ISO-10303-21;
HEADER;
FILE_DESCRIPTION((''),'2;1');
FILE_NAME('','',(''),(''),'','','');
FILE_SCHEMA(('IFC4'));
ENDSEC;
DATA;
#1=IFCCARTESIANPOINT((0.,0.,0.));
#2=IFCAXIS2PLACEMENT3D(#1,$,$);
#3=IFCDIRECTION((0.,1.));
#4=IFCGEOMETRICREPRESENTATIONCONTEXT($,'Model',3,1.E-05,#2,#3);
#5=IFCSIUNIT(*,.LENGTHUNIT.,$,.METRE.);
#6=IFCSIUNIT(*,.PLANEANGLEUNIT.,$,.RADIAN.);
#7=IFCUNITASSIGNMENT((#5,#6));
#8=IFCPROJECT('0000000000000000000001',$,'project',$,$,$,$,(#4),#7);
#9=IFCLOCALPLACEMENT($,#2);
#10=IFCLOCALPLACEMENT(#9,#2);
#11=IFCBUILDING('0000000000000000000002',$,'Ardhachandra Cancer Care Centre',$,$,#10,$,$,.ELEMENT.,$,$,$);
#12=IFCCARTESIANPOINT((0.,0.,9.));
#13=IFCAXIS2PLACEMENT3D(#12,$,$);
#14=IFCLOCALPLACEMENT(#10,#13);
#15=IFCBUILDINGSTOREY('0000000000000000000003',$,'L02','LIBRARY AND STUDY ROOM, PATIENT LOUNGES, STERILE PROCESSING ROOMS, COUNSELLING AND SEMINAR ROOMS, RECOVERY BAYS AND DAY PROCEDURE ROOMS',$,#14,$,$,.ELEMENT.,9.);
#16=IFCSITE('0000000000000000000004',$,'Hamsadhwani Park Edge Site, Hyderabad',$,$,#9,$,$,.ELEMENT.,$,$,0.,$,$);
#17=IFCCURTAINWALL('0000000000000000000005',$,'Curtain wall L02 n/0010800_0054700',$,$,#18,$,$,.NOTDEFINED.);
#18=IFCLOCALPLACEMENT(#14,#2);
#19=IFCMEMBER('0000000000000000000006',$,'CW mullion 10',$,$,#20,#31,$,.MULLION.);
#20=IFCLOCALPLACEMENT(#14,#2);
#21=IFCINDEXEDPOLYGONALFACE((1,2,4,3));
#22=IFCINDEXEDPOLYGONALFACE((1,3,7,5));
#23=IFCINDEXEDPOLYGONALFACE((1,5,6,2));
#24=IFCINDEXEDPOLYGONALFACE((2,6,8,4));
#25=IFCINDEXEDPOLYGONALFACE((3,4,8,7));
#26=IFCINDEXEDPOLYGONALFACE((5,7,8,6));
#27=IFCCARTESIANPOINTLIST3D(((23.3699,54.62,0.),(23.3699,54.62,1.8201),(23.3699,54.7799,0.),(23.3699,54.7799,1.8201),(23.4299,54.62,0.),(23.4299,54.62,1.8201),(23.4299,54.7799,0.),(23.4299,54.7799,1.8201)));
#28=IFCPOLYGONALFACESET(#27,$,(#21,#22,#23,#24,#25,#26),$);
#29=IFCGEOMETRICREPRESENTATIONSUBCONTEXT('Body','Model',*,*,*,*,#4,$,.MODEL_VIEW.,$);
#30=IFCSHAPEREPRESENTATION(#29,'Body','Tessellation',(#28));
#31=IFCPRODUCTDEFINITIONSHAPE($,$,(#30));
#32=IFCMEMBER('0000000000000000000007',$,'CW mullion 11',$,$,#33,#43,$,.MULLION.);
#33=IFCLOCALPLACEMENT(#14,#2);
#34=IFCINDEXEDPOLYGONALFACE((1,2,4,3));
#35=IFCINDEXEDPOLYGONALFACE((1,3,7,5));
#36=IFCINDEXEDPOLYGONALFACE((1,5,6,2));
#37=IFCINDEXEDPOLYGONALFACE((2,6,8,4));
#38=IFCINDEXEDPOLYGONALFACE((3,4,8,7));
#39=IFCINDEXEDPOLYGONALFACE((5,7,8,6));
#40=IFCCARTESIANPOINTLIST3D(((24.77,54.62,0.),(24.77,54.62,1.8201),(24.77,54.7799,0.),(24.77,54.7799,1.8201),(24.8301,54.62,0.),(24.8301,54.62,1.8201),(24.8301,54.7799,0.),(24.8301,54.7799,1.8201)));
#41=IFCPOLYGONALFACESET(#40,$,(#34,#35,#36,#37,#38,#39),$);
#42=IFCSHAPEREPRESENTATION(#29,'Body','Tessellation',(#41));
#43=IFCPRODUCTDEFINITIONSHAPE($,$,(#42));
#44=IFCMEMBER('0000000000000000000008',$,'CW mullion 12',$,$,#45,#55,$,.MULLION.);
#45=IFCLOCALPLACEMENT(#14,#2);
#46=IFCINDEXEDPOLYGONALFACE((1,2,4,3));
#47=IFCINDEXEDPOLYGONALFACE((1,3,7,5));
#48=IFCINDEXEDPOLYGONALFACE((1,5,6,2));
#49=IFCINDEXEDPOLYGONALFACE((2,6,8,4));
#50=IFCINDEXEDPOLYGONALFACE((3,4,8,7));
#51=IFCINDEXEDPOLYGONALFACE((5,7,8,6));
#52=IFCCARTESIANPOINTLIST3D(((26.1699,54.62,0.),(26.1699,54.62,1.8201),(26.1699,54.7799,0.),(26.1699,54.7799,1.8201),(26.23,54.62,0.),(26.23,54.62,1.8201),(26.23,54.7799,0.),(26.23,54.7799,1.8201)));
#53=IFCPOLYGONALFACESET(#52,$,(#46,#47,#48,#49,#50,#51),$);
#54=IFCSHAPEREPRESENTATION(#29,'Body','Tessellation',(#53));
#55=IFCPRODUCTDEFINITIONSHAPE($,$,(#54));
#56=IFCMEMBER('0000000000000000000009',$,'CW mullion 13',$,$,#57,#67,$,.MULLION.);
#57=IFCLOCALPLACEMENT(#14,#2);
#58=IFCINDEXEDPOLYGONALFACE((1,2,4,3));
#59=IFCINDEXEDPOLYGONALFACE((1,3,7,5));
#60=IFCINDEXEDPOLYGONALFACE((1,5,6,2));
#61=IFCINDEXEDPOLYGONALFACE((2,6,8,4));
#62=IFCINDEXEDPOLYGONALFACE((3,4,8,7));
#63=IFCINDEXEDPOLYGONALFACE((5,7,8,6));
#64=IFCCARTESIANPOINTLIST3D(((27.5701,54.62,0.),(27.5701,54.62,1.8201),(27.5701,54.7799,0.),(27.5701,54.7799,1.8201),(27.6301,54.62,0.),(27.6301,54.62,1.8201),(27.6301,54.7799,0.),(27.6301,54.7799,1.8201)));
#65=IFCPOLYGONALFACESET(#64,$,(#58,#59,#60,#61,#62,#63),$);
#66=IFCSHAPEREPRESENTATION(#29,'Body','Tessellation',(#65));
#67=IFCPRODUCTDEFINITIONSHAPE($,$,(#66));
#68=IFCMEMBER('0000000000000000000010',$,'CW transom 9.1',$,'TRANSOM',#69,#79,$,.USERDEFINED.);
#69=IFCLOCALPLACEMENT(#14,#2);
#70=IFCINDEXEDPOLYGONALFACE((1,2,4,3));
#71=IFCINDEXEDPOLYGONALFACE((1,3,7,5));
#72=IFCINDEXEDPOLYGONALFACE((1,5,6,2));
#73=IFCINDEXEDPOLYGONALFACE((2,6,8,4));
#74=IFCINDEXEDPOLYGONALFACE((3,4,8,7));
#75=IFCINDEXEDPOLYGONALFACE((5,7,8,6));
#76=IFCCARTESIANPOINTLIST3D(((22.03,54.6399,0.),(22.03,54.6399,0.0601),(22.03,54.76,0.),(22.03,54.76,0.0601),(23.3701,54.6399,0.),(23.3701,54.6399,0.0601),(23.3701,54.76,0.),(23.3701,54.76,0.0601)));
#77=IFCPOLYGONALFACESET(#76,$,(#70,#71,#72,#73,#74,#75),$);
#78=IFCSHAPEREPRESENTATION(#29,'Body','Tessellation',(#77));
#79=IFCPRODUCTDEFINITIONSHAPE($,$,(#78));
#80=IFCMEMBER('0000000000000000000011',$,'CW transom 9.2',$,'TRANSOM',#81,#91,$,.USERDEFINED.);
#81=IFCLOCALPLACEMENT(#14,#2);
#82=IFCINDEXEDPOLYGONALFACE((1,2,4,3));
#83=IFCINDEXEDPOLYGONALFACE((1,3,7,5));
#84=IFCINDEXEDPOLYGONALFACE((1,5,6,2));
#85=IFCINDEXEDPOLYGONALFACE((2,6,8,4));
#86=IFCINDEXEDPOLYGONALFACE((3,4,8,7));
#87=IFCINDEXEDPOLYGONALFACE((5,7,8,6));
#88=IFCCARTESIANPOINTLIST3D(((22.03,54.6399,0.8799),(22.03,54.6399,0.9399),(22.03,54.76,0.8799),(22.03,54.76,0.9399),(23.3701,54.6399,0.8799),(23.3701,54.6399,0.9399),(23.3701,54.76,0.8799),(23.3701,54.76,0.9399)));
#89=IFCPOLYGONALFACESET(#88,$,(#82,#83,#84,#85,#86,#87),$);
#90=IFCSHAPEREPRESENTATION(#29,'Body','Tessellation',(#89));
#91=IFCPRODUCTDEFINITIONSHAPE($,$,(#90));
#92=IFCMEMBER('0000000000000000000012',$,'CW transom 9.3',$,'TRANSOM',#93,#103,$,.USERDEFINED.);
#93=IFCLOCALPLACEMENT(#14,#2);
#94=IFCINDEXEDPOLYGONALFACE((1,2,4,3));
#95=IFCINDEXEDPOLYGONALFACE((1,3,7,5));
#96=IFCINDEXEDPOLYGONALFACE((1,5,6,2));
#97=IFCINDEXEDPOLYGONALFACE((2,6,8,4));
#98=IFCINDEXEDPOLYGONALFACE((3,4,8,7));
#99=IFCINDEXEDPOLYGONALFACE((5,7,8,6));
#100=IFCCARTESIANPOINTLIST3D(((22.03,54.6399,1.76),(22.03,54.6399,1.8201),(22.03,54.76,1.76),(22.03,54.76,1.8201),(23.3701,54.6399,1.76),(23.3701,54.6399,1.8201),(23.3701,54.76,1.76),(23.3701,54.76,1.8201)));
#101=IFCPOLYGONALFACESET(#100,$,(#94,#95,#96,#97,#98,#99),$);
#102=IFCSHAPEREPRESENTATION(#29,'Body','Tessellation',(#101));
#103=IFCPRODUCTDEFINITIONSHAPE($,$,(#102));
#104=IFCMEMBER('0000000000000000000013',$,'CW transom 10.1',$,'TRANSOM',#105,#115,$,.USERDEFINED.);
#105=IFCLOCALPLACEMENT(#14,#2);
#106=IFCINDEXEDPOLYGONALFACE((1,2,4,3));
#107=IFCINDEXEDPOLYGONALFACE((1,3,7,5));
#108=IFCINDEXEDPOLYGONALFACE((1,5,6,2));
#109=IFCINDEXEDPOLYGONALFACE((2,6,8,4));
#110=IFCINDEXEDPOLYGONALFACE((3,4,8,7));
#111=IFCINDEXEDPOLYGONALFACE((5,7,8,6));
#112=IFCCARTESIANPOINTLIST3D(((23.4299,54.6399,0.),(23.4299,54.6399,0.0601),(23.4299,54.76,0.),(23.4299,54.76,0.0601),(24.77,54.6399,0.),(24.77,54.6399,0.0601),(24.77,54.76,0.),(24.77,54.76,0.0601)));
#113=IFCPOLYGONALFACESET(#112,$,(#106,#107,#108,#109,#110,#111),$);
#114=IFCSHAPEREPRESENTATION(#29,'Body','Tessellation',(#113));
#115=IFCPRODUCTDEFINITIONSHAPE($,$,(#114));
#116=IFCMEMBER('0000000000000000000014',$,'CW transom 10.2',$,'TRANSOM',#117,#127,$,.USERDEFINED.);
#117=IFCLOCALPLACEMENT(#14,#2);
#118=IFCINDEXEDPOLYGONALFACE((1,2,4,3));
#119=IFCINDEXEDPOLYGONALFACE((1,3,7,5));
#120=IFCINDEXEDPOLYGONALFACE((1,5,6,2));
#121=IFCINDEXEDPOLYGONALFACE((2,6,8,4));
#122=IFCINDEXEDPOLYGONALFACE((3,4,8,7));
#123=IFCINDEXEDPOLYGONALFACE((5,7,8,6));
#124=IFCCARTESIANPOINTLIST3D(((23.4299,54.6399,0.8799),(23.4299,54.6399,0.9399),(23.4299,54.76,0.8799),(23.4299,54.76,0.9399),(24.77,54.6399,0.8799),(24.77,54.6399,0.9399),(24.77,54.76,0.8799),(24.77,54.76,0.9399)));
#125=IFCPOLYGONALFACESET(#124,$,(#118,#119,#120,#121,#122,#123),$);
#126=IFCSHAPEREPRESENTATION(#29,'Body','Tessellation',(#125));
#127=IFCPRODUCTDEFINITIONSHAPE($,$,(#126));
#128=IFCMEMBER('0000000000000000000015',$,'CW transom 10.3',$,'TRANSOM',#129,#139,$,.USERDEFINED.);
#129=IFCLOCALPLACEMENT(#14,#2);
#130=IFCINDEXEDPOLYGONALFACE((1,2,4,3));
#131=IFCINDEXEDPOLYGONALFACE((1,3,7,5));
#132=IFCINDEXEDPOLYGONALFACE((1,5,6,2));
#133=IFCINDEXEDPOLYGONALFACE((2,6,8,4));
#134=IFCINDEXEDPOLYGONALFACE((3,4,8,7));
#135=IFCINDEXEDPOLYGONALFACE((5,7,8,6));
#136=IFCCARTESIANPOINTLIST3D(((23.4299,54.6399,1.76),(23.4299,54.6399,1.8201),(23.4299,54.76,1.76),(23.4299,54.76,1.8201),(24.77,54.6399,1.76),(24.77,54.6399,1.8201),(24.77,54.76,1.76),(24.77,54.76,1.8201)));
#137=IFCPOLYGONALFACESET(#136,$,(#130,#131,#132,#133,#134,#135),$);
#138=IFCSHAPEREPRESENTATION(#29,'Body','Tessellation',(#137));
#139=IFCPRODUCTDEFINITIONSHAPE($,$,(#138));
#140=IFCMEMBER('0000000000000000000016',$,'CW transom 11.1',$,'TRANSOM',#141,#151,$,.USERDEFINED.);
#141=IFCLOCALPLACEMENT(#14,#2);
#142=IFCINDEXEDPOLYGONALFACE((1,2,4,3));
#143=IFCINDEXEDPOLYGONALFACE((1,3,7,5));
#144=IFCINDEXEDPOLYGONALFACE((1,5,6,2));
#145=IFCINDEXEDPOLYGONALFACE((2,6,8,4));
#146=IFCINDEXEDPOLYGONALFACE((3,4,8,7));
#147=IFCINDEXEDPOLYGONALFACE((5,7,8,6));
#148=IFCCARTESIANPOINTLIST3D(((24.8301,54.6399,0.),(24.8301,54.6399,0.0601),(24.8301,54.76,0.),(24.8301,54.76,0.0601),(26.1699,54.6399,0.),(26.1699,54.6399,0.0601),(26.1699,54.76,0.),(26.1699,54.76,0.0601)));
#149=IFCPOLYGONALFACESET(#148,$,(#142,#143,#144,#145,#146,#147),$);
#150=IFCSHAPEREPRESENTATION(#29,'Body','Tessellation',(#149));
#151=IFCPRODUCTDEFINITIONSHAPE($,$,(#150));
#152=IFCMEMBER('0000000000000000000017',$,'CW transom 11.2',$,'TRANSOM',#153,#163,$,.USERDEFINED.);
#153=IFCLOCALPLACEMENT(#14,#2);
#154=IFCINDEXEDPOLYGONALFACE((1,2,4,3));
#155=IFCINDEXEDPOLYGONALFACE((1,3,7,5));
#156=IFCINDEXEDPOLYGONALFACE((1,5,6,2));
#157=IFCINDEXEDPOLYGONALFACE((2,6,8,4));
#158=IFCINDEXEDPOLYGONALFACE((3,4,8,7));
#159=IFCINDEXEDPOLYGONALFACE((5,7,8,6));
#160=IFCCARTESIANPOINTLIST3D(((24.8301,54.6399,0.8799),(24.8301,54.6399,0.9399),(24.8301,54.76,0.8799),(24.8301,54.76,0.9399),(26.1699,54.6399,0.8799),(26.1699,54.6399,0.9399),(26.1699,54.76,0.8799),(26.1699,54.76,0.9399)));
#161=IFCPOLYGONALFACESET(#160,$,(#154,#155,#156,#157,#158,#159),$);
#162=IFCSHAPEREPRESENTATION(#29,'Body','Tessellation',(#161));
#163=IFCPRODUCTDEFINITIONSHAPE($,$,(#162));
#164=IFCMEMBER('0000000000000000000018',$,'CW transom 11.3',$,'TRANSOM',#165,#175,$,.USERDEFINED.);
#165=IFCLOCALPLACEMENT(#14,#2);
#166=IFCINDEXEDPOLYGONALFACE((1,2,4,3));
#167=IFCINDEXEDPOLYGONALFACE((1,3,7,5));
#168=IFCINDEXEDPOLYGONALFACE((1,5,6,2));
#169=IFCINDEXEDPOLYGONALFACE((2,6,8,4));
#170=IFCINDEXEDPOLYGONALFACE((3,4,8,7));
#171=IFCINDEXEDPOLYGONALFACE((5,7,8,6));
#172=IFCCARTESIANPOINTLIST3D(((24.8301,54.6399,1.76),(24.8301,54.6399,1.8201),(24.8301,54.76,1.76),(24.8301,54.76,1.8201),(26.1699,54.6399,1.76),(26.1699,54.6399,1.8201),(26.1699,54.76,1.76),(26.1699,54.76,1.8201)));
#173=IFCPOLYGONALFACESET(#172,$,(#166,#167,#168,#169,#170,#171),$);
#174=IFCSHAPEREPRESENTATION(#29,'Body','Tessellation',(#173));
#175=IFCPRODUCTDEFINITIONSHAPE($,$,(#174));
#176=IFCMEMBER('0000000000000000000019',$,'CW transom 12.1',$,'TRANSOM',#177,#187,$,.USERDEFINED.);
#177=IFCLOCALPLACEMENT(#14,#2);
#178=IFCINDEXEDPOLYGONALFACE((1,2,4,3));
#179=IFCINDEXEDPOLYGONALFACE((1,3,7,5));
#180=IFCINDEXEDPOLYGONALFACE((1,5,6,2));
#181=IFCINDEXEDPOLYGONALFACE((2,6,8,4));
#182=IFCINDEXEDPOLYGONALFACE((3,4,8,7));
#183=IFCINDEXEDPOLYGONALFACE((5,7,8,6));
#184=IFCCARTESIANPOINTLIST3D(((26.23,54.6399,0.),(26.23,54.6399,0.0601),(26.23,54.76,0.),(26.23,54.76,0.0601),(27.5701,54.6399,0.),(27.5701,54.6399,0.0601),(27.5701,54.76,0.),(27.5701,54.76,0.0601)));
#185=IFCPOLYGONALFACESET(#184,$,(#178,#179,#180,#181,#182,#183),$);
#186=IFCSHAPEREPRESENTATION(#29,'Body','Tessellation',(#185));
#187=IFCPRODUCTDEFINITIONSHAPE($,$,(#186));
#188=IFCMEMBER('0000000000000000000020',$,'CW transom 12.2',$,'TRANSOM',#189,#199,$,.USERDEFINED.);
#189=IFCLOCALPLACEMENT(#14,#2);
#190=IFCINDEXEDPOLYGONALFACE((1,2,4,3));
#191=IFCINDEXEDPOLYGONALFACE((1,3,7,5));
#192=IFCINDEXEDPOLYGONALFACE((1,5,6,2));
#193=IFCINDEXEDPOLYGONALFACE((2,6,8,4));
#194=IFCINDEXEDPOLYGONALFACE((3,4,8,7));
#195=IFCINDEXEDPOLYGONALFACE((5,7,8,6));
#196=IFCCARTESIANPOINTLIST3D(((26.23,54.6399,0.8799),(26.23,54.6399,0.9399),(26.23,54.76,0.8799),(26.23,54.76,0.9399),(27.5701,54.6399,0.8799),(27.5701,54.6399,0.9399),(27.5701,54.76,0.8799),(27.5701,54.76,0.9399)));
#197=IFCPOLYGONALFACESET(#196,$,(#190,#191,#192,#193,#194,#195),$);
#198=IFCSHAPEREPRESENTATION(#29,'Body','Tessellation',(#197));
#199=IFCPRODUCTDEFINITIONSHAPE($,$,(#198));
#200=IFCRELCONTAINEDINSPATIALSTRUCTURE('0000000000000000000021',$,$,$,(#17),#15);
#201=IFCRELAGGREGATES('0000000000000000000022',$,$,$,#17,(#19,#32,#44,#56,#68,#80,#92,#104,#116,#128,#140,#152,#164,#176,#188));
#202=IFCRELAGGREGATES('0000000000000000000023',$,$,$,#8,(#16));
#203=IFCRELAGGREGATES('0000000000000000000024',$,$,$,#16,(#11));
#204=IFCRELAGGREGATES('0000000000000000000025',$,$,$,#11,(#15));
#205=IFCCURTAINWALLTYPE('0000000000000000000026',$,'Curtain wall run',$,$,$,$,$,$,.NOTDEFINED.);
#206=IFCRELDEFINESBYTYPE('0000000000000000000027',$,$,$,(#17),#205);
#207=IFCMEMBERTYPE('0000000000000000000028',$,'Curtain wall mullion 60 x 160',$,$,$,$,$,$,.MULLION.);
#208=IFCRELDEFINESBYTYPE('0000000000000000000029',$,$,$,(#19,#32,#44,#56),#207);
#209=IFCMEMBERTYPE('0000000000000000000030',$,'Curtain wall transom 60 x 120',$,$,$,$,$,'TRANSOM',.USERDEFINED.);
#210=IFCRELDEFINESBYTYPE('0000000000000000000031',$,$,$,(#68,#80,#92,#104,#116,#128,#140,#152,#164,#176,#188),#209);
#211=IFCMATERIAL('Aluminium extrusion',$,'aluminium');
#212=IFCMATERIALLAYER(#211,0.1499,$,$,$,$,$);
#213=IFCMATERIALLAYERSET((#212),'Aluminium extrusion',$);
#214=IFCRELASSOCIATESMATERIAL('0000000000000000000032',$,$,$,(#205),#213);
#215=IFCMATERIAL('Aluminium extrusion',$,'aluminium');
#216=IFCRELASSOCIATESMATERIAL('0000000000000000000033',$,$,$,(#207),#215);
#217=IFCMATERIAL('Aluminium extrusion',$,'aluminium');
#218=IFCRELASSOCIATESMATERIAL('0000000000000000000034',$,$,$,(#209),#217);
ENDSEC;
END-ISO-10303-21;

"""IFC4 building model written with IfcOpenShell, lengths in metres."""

from ifc_helpers import new_model, si_unit, direction, frame, origin, origin_2d, place, context, subcontext, project, spatial, rectangle, extrude, material, layer, layer_set, material_profile, profile_set, type_object, element, aggregate, save


model = new_model("IFC4")

# Units and contexts
model_context = context("Model", 3, precision=1e-05, world=origin(), true_north=direction((0.0, 1.0)))
body_context = subcontext(model_context, "Body", "Model", "MODEL_VIEW")
ifc_project = project(units=[si_unit("LENGTHUNIT", "METRE"), si_unit("PLANEANGLEUNIT", "RADIAN")], contexts=[model_context])

# Site, building, storey
site_placement = place(None, origin())
site = spatial("IfcSite", under=ifc_project, at=site_placement, Name="Hamsadhwani Park Edge Site, Hyderabad", CompositionType="ELEMENT", RefElevation=0.0)
building_placement = place(site_placement, origin())
building = spatial("IfcBuilding", under=site, at=building_placement, Name="Ardhachandra Cancer Care Centre", CompositionType="ELEMENT")
storey_placement = place(building_placement, frame((0.0, 0.0, 9.0)))
storey = spatial("IfcBuildingStorey", under=building, at=storey_placement, Name="L02", Description="LIBRARY AND STUDY ROOM, PATIENT LOUNGES, STERILE PROCESSING ROOMS, COUNSELLING AND SEMINAR ROOMS, RECOVERY BAYS AND DAY PROCEDURE ROOMS", CompositionType="ELEMENT", Elevation=9.0)

# Curtain wall, members
ifc_material_1 = material(Name="Aluminium extrusion", Category="aluminium")
ifc_layer_1 = layer(ifc_material_1, 0.1499)
ifc_layer_set_1 = layer_set([ifc_layer_1], Name="Aluminium extrusion")
curtain_wall_type = type_object("IfcCurtainWallType", Name="Curtain wall run", PredefinedType="NOTDEFINED", material=ifc_layer_set_1)
curtain_wall_placement = place(storey_placement, origin())
curtain_wall = element("IfcCurtainWall", 1, at=curtain_wall_placement, inside=storey, type_object=curtain_wall_type, Name="Curtain wall L02 n/0010800_0054700", PredefinedType="NOTDEFINED")
ifc_material_2 = material(Name="Aluminium extrusion", Category="aluminium")
ifc_material_profile_1 = material_profile(ifc_material_2, rectangle(XDim=0.1599, YDim=0.0601, at=origin_2d()), Name="Curtain wall mullion 60 x 160")
ifc_profile_set_1 = profile_set([ifc_material_profile_1], Name="Aluminium extrusion")
member_type_1 = type_object("IfcMemberType", Name="Curtain wall mullion 60 x 160", PredefinedType="MULLION", material=ifc_profile_set_1)
member_1_placement = place(storey_placement, frame((23.3999, 54.7, 0.0), z_axis=(0.0, 0.0, 1.0), x_axis=(0.0, 1.0, 0.0)))
member_1 = element("IfcMember", 2, at=member_1_placement, type_object=member_type_1, Name="CW mullion 10", PredefinedType="MULLION", context=body_context, shape_type="SweptSolid", body=[
    extrude(rectangle(XDim=0.1599, YDim=0.0601, at=origin_2d()), origin(), (0.0, 0.0, 1.0), 1.8201),
])
member_2_placement = place(storey_placement, frame((24.8, 54.7, 0.0), z_axis=(0.0, 0.0, 1.0), x_axis=(0.0, 1.0, 0.0)))
member_2 = element("IfcMember", 3, at=member_2_placement, type_object=member_type_1, Name="CW mullion 11", PredefinedType="MULLION", context=body_context, shape_type="SweptSolid", body=[
    extrude(rectangle(XDim=0.1599, YDim=0.0601, at=origin_2d()), origin(), (0.0, 0.0, 1.0), 1.8201),
])
member_3_placement = place(storey_placement, frame((26.2, 54.7, 0.0), z_axis=(0.0, 0.0, 1.0), x_axis=(0.0, 1.0, 0.0)))
member_3 = element("IfcMember", 4, at=member_3_placement, type_object=member_type_1, Name="CW mullion 12", PredefinedType="MULLION", context=body_context, shape_type="SweptSolid", body=[
    extrude(rectangle(XDim=0.1599, YDim=0.0601, at=origin_2d()), origin(), (0.0, 0.0, 1.0), 1.8201),
])
member_4_placement = place(storey_placement, frame((27.6001, 54.7, 0.0), z_axis=(0.0, 0.0, 1.0), x_axis=(0.0, 1.0, 0.0)))
member_4 = element("IfcMember", 5, at=member_4_placement, type_object=member_type_1, Name="CW mullion 13", PredefinedType="MULLION", context=body_context, shape_type="SweptSolid", body=[
    extrude(rectangle(XDim=0.1599, YDim=0.0601, at=origin_2d()), origin(), (0.0, 0.0, 1.0), 1.8201),
])
ifc_material_3 = material(Name="Aluminium extrusion", Category="aluminium")
ifc_material_profile_2 = material_profile(ifc_material_3, rectangle(XDim=0.1201, YDim=0.0601, at=origin_2d()), Name="Curtain wall transom 60 x 120")
ifc_profile_set_2 = profile_set([ifc_material_profile_2], Name="Aluminium extrusion")
member_type_2 = type_object("IfcMemberType", Name="Curtain wall transom 60 x 120", ElementType="TRANSOM", PredefinedType="USERDEFINED", material=ifc_profile_set_2)
member_5_placement = place(storey_placement, frame((22.03, 54.7, 0.03), z_axis=(1.0, 0.0, 0.0), x_axis=(0.0, 1.0, 0.0)))
member_5 = element("IfcMember", 6, at=member_5_placement, type_object=member_type_2, Name="CW transom 9.1", ObjectType="TRANSOM", PredefinedType="USERDEFINED", context=body_context, shape_type="SweptSolid", body=[
    extrude(rectangle(XDim=0.1201, YDim=0.0601, at=origin_2d()), origin(), (0.0, 0.0, 1.0), 1.3401),
])
member_6_placement = place(storey_placement, frame((22.03, 54.7, 0.9099), z_axis=(1.0, 0.0, 0.0), x_axis=(0.0, 1.0, 0.0)))
member_6 = element("IfcMember", 7, at=member_6_placement, type_object=member_type_2, Name="CW transom 9.2", ObjectType="TRANSOM", PredefinedType="USERDEFINED", context=body_context, shape_type="SweptSolid", body=[
    extrude(rectangle(XDim=0.1201, YDim=0.0601, at=origin_2d()), origin(), (0.0, 0.0, 1.0), 1.3401),
])
member_7_placement = place(storey_placement, frame((22.03, 54.7, 1.79), z_axis=(1.0, 0.0, 0.0), x_axis=(0.0, 1.0, 0.0)))
member_7 = element("IfcMember", 8, at=member_7_placement, type_object=member_type_2, Name="CW transom 9.3", ObjectType="TRANSOM", PredefinedType="USERDEFINED", context=body_context, shape_type="SweptSolid", body=[
    extrude(rectangle(XDim=0.1201, YDim=0.0601, at=origin_2d()), origin(), (0.0, 0.0, 1.0), 1.3401),
])
member_8_placement = place(storey_placement, frame((23.4299, 54.7, 0.03), z_axis=(1.0, 0.0, 0.0), x_axis=(0.0, 1.0, 0.0)))
member_8 = element("IfcMember", 9, at=member_8_placement, type_object=member_type_2, Name="CW transom 10.1", ObjectType="TRANSOM", PredefinedType="USERDEFINED", context=body_context, shape_type="SweptSolid", body=[
    extrude(rectangle(XDim=0.1201, YDim=0.0601, at=origin_2d()), origin(), (0.0, 0.0, 1.0), 1.3401),
])
member_9_placement = place(storey_placement, frame((23.4299, 54.7, 0.9099), z_axis=(1.0, 0.0, 0.0), x_axis=(0.0, 1.0, 0.0)))
member_9 = element("IfcMember", 10, at=member_9_placement, type_object=member_type_2, Name="CW transom 10.2", ObjectType="TRANSOM", PredefinedType="USERDEFINED", context=body_context, shape_type="SweptSolid", body=[
    extrude(rectangle(XDim=0.1201, YDim=0.0601, at=origin_2d()), origin(), (0.0, 0.0, 1.0), 1.3401),
])
member_10_placement = place(storey_placement, frame((23.4299, 54.7, 1.79), z_axis=(1.0, 0.0, 0.0), x_axis=(0.0, 1.0, 0.0)))
member_10 = element("IfcMember", 11, at=member_10_placement, type_object=member_type_2, Name="CW transom 10.3", ObjectType="TRANSOM", PredefinedType="USERDEFINED", context=body_context, shape_type="SweptSolid", body=[
    extrude(rectangle(XDim=0.1201, YDim=0.0601, at=origin_2d()), origin(), (0.0, 0.0, 1.0), 1.3401),
])
member_11_placement = place(storey_placement, frame((24.8301, 54.7, 0.03), z_axis=(1.0, 0.0, 0.0), x_axis=(0.0, 1.0, 0.0)))
member_11 = element("IfcMember", 12, at=member_11_placement, type_object=member_type_2, Name="CW transom 11.1", ObjectType="TRANSOM", PredefinedType="USERDEFINED", context=body_context, shape_type="SweptSolid", body=[
    extrude(rectangle(XDim=0.1201, YDim=0.0601, at=origin_2d()), origin(), (0.0, 0.0, 1.0), 1.3398),
])
member_12_placement = place(storey_placement, frame((24.8301, 54.7, 0.9099), z_axis=(1.0, 0.0, 0.0), x_axis=(0.0, 1.0, 0.0)))
member_12 = element("IfcMember", 13, at=member_12_placement, type_object=member_type_2, Name="CW transom 11.2", ObjectType="TRANSOM", PredefinedType="USERDEFINED", context=body_context, shape_type="SweptSolid", body=[
    extrude(rectangle(XDim=0.1201, YDim=0.0601, at=origin_2d()), origin(), (0.0, 0.0, 1.0), 1.3398),
])
member_13_placement = place(storey_placement, frame((24.8301, 54.7, 1.79), z_axis=(1.0, 0.0, 0.0), x_axis=(0.0, 1.0, 0.0)))
member_13 = element("IfcMember", 14, at=member_13_placement, type_object=member_type_2, Name="CW transom 11.3", ObjectType="TRANSOM", PredefinedType="USERDEFINED", context=body_context, shape_type="SweptSolid", body=[
    extrude(rectangle(XDim=0.1201, YDim=0.0601, at=origin_2d()), origin(), (0.0, 0.0, 1.0), 1.3398),
])
member_14_placement = place(storey_placement, frame((26.23, 54.7, 0.03), z_axis=(1.0, 0.0, 0.0), x_axis=(0.0, 1.0, 0.0)))
member_14 = element("IfcMember", 15, at=member_14_placement, type_object=member_type_2, Name="CW transom 12.1", ObjectType="TRANSOM", PredefinedType="USERDEFINED", context=body_context, shape_type="SweptSolid", body=[
    extrude(rectangle(XDim=0.1201, YDim=0.0601, at=origin_2d()), origin(), (0.0, 0.0, 1.0), 1.3401),
])
member_15_placement = place(storey_placement, frame((26.23, 54.7, 0.9099), z_axis=(1.0, 0.0, 0.0), x_axis=(0.0, 1.0, 0.0)))
member_15 = element("IfcMember", 16, at=member_15_placement, type_object=member_type_2, Name="CW transom 12.2", ObjectType="TRANSOM", PredefinedType="USERDEFINED", context=body_context, shape_type="SweptSolid", body=[
    extrude(rectangle(XDim=0.1201, YDim=0.0601, at=origin_2d()), origin(), (0.0, 0.0, 1.0), 1.3401),
])

aggregate(curtain_wall, [member_1, member_2, member_3, member_4, member_5, member_6, member_7, member_8, member_9, member_10, member_11, member_12, member_13, member_14, member_15])

save(model, "model.ifc")
